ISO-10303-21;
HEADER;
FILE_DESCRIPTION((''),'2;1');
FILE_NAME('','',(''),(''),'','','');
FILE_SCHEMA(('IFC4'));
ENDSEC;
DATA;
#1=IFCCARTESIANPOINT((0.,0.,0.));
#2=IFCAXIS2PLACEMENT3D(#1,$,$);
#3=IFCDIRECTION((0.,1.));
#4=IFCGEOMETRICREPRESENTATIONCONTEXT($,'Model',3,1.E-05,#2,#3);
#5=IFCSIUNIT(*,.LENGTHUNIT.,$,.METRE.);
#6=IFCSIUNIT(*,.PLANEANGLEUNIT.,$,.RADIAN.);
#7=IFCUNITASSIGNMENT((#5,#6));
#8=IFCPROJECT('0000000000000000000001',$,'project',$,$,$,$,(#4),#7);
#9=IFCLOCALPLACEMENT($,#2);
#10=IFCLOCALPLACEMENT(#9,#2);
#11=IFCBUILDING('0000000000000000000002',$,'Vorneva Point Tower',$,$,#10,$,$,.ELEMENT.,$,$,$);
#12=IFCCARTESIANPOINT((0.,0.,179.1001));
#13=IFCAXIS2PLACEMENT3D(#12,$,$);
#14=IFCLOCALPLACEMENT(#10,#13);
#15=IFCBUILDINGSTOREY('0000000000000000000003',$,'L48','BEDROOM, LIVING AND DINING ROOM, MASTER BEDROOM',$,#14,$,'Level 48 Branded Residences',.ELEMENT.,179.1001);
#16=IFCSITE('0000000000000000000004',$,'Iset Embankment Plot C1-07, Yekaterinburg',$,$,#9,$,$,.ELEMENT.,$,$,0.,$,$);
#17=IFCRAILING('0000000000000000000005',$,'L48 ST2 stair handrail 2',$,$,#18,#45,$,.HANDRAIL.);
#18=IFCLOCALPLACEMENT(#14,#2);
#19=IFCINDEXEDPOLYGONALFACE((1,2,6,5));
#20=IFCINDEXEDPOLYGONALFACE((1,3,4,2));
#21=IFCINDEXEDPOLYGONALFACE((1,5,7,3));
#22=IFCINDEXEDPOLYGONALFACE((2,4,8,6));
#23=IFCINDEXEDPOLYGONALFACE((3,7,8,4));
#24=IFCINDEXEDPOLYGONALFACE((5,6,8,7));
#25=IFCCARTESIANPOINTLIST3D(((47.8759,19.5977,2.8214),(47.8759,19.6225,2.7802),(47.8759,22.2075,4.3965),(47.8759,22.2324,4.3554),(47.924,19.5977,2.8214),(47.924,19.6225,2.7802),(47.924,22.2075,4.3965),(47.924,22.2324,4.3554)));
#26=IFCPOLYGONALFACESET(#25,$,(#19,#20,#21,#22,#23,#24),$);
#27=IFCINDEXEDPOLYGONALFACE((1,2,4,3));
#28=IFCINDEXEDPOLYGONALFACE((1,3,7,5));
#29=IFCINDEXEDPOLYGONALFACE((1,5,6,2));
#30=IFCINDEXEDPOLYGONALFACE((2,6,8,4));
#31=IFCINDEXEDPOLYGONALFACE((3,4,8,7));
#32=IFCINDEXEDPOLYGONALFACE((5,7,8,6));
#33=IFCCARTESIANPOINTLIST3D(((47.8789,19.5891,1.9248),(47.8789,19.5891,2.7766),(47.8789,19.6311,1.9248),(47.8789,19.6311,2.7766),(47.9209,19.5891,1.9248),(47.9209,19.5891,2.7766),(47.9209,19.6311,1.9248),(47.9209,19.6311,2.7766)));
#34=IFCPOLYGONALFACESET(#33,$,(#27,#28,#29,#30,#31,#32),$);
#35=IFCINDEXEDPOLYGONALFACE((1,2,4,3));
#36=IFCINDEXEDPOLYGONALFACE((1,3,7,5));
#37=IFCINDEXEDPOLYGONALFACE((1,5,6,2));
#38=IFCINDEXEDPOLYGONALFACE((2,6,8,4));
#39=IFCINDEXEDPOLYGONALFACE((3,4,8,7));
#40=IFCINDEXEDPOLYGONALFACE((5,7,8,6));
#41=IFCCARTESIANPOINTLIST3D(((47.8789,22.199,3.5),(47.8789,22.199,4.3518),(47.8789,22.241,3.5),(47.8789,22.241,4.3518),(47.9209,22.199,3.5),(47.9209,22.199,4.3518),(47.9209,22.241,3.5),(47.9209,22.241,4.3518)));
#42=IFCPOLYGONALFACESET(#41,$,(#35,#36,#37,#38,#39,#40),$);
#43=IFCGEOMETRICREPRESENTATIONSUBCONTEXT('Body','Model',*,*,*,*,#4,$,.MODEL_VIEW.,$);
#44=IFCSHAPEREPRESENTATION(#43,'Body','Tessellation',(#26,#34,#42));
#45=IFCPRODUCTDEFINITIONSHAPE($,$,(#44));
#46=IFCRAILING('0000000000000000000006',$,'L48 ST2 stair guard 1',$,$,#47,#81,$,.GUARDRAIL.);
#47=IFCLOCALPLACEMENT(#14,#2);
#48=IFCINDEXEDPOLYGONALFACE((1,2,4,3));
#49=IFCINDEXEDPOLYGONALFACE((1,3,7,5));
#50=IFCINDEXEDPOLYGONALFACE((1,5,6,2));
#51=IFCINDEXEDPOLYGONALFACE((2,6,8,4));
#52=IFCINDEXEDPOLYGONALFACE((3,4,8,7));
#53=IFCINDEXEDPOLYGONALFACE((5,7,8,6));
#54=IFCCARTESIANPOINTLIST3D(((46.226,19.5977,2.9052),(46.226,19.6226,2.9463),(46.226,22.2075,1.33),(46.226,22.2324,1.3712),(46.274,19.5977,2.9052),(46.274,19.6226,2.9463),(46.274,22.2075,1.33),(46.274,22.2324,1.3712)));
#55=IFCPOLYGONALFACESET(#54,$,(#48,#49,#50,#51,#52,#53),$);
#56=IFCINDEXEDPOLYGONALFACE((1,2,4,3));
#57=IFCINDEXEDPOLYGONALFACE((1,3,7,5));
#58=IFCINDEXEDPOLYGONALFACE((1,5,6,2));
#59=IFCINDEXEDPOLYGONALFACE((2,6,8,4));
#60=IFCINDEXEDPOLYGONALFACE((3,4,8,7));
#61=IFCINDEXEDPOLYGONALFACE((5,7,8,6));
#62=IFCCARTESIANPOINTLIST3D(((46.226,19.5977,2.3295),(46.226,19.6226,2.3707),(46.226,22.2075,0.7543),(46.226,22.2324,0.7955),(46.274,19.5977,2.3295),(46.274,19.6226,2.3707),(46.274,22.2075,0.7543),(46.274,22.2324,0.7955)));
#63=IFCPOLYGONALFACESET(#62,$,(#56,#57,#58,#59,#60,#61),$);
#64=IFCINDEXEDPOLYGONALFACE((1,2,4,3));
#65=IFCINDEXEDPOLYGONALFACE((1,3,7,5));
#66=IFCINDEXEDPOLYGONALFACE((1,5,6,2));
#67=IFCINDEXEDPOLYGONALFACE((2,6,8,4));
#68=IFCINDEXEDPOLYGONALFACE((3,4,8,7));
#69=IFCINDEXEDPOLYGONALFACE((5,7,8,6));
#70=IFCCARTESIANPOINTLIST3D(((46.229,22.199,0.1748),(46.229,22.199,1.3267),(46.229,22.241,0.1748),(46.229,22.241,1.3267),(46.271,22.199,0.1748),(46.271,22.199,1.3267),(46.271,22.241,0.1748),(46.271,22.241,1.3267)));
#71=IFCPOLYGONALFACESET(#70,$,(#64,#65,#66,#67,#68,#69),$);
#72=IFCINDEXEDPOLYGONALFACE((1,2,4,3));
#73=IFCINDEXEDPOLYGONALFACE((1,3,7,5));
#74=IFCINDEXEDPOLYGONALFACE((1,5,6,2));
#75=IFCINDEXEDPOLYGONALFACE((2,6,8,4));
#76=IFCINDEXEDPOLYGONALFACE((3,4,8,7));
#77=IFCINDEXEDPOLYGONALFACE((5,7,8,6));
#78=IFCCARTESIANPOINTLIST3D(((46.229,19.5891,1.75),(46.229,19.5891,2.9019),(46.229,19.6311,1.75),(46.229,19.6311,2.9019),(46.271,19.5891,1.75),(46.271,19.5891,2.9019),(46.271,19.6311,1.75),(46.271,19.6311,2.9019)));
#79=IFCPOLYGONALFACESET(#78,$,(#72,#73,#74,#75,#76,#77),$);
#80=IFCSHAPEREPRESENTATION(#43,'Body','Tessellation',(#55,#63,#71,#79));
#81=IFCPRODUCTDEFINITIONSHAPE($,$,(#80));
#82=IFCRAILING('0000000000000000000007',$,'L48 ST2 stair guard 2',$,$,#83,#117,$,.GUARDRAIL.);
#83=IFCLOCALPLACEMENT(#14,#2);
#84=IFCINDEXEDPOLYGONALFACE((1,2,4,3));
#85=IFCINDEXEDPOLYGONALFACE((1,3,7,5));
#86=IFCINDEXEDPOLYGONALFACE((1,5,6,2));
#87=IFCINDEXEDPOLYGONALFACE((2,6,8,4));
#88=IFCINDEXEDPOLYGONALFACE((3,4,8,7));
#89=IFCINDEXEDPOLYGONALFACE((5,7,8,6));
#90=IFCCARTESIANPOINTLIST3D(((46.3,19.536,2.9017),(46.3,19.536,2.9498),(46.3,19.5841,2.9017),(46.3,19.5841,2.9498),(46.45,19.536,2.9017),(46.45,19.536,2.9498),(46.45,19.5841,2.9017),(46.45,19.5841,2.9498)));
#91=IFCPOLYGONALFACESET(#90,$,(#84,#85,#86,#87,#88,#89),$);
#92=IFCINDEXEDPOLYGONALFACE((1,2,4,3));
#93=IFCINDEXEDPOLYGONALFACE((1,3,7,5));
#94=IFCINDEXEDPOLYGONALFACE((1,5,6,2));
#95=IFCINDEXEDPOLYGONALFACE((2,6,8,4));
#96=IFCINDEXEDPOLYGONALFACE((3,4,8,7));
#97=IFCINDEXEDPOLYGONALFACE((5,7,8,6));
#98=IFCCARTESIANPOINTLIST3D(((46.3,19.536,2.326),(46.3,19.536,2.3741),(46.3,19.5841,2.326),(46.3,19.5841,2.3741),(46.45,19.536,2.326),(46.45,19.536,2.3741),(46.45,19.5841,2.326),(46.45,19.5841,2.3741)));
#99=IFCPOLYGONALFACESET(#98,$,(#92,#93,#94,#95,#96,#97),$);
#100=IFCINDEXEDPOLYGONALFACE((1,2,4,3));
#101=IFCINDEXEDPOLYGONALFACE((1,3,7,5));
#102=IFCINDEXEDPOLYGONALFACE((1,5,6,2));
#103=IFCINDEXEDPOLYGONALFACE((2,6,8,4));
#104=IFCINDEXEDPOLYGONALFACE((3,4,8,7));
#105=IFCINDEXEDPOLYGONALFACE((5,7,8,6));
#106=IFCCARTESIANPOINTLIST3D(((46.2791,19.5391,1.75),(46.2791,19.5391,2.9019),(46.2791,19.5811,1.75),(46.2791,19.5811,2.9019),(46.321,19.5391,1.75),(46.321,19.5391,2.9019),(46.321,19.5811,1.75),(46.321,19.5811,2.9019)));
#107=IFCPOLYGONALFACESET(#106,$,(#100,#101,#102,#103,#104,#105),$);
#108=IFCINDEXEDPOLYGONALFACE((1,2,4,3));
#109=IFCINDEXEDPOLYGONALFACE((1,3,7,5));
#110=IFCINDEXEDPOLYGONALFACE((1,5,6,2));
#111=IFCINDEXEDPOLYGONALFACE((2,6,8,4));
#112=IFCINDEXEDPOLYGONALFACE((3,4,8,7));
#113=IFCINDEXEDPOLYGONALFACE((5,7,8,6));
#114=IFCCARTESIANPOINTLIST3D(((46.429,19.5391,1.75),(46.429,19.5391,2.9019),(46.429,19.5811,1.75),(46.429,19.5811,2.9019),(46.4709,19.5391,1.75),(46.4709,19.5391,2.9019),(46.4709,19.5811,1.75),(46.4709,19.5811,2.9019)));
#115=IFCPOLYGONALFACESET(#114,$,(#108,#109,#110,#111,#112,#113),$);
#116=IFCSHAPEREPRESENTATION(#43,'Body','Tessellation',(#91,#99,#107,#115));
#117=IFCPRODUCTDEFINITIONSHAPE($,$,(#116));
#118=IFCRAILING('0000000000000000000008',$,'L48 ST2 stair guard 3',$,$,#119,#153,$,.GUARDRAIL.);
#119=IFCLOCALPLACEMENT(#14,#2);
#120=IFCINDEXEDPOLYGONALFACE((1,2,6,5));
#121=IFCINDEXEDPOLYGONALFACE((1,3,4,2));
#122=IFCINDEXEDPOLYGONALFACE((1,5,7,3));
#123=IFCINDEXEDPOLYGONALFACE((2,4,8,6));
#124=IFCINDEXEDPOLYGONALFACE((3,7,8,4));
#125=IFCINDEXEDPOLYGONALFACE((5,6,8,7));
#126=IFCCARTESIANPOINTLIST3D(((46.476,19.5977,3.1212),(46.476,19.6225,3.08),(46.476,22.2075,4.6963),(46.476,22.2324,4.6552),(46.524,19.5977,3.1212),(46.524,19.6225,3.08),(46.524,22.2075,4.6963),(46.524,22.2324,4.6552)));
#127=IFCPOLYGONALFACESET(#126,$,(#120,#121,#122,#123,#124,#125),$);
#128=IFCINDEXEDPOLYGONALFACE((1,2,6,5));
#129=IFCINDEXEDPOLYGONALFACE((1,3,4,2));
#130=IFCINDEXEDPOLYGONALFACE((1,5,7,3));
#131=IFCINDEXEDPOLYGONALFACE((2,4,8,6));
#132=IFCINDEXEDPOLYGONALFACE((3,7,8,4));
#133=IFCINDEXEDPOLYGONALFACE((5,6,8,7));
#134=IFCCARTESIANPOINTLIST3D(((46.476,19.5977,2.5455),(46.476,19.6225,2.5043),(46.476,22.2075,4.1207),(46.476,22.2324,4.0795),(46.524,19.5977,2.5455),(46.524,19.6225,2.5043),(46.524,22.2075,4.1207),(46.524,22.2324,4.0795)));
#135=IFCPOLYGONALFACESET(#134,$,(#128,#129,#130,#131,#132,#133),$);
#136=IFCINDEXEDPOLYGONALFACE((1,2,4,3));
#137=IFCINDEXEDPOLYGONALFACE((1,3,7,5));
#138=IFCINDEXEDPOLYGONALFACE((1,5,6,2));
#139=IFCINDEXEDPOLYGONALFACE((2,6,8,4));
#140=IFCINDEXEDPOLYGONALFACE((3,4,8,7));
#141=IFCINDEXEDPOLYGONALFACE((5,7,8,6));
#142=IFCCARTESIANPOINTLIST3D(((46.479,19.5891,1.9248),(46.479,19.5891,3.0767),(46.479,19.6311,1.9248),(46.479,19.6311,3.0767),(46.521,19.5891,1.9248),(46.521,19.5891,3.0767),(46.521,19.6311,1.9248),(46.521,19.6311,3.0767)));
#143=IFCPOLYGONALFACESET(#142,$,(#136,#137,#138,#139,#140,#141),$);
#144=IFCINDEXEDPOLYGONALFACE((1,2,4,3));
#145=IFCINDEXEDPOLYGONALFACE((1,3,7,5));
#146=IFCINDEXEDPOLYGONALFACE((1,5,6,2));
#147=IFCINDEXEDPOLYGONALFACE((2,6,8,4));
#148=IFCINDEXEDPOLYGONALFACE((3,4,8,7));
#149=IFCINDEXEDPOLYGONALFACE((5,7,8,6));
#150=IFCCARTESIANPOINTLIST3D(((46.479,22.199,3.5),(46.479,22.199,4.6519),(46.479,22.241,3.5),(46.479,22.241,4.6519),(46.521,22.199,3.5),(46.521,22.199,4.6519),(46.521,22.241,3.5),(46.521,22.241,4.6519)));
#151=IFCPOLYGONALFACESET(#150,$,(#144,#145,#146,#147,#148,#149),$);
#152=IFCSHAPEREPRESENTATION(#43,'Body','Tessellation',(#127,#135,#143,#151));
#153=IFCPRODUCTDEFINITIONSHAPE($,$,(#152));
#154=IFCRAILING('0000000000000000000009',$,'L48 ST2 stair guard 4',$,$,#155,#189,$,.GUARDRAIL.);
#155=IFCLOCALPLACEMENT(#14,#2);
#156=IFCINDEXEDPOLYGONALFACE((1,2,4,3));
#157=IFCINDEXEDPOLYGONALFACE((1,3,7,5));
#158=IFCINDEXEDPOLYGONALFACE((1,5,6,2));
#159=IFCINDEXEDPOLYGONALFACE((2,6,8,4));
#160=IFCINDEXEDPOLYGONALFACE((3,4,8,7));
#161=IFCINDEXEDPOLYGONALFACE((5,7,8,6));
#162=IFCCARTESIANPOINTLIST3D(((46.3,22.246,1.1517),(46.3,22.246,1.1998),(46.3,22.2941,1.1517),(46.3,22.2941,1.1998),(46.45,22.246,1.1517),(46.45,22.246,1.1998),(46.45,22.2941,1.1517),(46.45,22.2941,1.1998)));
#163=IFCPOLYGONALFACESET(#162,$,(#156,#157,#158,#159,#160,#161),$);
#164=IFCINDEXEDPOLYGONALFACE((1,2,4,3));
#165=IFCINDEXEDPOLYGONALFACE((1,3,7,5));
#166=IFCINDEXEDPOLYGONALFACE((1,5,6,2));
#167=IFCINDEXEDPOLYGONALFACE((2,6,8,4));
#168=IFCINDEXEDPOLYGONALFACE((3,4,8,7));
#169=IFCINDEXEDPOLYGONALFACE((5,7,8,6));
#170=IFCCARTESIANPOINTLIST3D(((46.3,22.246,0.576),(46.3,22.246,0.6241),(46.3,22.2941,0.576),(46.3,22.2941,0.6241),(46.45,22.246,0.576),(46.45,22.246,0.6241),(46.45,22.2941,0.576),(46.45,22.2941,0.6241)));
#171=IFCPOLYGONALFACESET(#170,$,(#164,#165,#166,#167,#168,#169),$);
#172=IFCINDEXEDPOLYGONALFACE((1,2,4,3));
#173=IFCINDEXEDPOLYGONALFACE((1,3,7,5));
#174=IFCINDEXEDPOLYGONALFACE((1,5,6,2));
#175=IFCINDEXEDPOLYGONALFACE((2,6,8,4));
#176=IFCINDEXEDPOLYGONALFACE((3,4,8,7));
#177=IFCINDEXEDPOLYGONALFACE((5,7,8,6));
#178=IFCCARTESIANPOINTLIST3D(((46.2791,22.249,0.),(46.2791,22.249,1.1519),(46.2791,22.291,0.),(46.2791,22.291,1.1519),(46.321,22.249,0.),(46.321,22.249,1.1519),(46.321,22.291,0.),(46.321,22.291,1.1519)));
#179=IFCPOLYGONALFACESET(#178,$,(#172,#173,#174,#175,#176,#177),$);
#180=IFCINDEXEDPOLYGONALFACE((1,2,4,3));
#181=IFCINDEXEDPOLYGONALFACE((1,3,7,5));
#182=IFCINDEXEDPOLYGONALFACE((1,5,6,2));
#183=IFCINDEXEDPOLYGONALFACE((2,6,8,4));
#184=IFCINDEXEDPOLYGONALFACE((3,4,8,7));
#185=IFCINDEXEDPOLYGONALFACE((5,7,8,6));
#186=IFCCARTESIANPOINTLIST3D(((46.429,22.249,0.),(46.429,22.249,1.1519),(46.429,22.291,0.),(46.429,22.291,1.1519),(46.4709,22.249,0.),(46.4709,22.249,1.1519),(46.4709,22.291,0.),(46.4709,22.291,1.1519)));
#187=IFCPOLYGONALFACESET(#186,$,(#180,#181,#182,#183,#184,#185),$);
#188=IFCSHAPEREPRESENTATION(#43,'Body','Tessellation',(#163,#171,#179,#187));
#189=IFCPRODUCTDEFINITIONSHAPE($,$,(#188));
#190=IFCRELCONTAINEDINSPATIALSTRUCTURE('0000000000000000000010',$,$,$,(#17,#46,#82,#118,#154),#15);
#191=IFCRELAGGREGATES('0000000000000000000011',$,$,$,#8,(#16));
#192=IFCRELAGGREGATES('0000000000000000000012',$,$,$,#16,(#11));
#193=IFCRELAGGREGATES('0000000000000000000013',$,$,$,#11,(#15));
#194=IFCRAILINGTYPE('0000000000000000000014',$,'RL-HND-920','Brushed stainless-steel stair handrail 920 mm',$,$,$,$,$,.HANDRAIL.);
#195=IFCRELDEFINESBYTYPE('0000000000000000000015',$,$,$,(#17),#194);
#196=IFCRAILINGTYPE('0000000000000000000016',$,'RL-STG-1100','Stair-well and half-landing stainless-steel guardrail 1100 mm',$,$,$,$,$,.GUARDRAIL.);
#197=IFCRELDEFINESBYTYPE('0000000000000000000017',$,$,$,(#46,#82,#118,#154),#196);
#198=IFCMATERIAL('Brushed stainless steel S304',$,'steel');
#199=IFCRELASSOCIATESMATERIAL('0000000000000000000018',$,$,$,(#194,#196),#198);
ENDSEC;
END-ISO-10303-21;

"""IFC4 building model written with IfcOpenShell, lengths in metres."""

from ifc_helpers import new_model, si_unit, direction, frame, origin, origin_2d, place, context, subcontext, project, spatial, rectangle, extrude, material, type_object, element, save


model = new_model("IFC4")

# Units and contexts
model_context = context("Model", 3, precision=1e-05, world=origin(), true_north=direction((0.0, 1.0)))
body_context = subcontext(model_context, "Body", "Model", "MODEL_VIEW")
ifc_project = project(units=[si_unit("LENGTHUNIT", "METRE"), si_unit("PLANEANGLEUNIT", "RADIAN")], contexts=[model_context])

# Site, building, storey
site_placement = place(None, origin())
site = spatial("IfcSite", under=ifc_project, at=site_placement, Name="Iset Embankment Plot C1-07, Yekaterinburg", CompositionType="ELEMENT", RefElevation=0.0)
building_placement = place(site_placement, origin())
building = spatial("IfcBuilding", under=site, at=building_placement, Name="Vorneva Point Tower", CompositionType="ELEMENT")
storey_placement = place(building_placement, frame((0.0, 0.0, 179.1001)))
storey = spatial("IfcBuildingStorey", under=building, at=storey_placement, Name="L48", Description="BEDROOM, LIVING AND DINING ROOM, MASTER BEDROOM", LongName="Level 48 Branded Residences", CompositionType="ELEMENT", Elevation=179.1001)

# Railings
ifc_material_1 = material(Name="Brushed stainless steel S304", Category="steel")
railing_type_1 = type_object("IfcRailingType", Name="RL-HND-920", Description="Brushed stainless-steel stair handrail 920 mm", PredefinedType="HANDRAIL", material=ifc_material_1)
railing_1_placement = place(storey_placement, frame((47.8999, 19.6101, 1.9248)))
element("IfcRailing", 1, at=railing_1_placement, inside=storey, type_object=railing_type_1, Name="L48 ST2 stair handrail 2", PredefinedType="HANDRAIL", context=body_context, shape_type="SweptSolid", body=[
    extrude(rectangle(XDim=0.0481, YDim=0.0481, at=origin_2d()), frame((0.0, 0.0, 0.876), z_axis=(0.0, 0.856147, 0.516732), x_axis=(-1.0, 0.0, 0.0)), (0.0, 0.0, 1.0), 3.0483),
    extrude(rectangle(XDim=0.042, YDim=0.042, at=origin_2d()), origin(), (0.0, 0.0, 1.0), 0.8518),
    extrude(rectangle(XDim=0.042, YDim=0.042, at=origin_2d()), frame((0.0, 2.6099, 1.5752)), (0.0, 0.0, 1.0), 0.8518),
])
railing_type_2 = type_object("IfcRailingType", Name="RL-STG-1100", Description="Stair-well and half-landing stainless-steel guardrail 1100 mm", PredefinedType="GUARDRAIL", material=ifc_material_1)
railing_2_placement = place(storey_placement, frame((46.25, 22.22, 0.1748)))
element("IfcRailing", 2, at=railing_2_placement, inside=storey, type_object=railing_type_2, Name="L48 ST2 stair guard 1", PredefinedType="GUARDRAIL", context=body_context, shape_type="SweptSolid", body=[
    extrude(rectangle(XDim=0.0481, YDim=0.0481, at=origin_2d()), frame((0.0, 0.0, 1.1758), z_axis=(0.0, -0.856147, 0.516732), x_axis=(1.0, 0.0, 0.0)), (0.0, 0.0, 1.0), 3.0483),
    extrude(rectangle(XDim=0.0481, YDim=0.0481, at=origin_2d()), frame((0.0, 0.0, 0.6001), z_axis=(0.0, -0.856147, 0.516732), x_axis=(1.0, 0.0, 0.0)), (0.0, 0.0, 1.0), 3.0483),
    extrude(rectangle(XDim=0.042, YDim=0.042, at=origin_2d()), origin(), (0.0, 0.0, 1.0), 1.1519),
    extrude(rectangle(XDim=0.042, YDim=0.042, at=origin_2d()), frame((0.0, -2.6099, 1.5752)), (0.0, 0.0, 1.0), 1.1519),
])
railing_3_placement = place(storey_placement, frame((46.3, 19.5601, 1.75)))
element("IfcRailing", 3, at=railing_3_placement, inside=storey, type_object=railing_type_2, Name="L48 ST2 stair guard 2", PredefinedType="GUARDRAIL", context=body_context, shape_type="SweptSolid", body=[
    extrude(rectangle(XDim=0.0481, YDim=0.0481, at=origin_2d()), frame((0.0, 0.0, 1.1758), z_axis=(1.0, 0.0, 0.0), x_axis=(0.0, 1.0, 0.0)), (0.0, 0.0, 1.0), 0.1499),
    extrude(rectangle(XDim=0.0481, YDim=0.0481, at=origin_2d()), frame((0.0, 0.0, 0.6001), z_axis=(1.0, 0.0, 0.0), x_axis=(0.0, 1.0, 0.0)), (0.0, 0.0, 1.0), 0.1499),
    extrude(rectangle(XDim=0.042, YDim=0.042, at=origin_2d()), origin(), (0.0, 0.0, 1.0), 1.1519),
    extrude(rectangle(XDim=0.042, YDim=0.042, at=origin_2d()), frame((0.1499, 0.0, 0.0)), (0.0, 0.0, 1.0), 1.1519),
])
railing_4_placement = place(storey_placement, frame((46.5, 19.6101, 1.9248)))
element("IfcRailing", 4, at=railing_4_placement, inside=storey, type_object=railing_type_2, Name="L48 ST2 stair guard 3", PredefinedType="GUARDRAIL", context=body_context, shape_type="SweptSolid", body=[
    extrude(rectangle(XDim=0.0481, YDim=0.0481, at=origin_2d()), frame((0.0, 0.0, 1.1758), z_axis=(0.0, 0.856147, 0.516732), x_axis=(-1.0, 0.0, 0.0)), (0.0, 0.0, 1.0), 3.0483),
    extrude(rectangle(XDim=0.0481, YDim=0.0481, at=origin_2d()), frame((0.0, 0.0, 0.6001), z_axis=(0.0, 0.856147, 0.516732), x_axis=(-1.0, 0.0, 0.0)), (0.0, 0.0, 1.0), 3.0483),
    extrude(rectangle(XDim=0.042, YDim=0.042, at=origin_2d()), origin(), (0.0, 0.0, 1.0), 1.1519),
    extrude(rectangle(XDim=0.042, YDim=0.042, at=origin_2d()), frame((0.0, 2.6099, 1.5752)), (0.0, 0.0, 1.0), 1.1519),
])
railing_5_placement = place(storey_placement, frame((46.3, 22.27, 0.0)))
element("IfcRailing", 5, at=railing_5_placement, inside=storey, type_object=railing_type_2, Name="L48 ST2 stair guard 4", PredefinedType="GUARDRAIL", context=body_context, shape_type="SweptSolid", body=[
    extrude(rectangle(XDim=0.0481, YDim=0.0481, at=origin_2d()), frame((0.0, 0.0, 1.1758), z_axis=(1.0, 0.0, 0.0), x_axis=(0.0, 1.0, 0.0)), (0.0, 0.0, 1.0), 0.1499),
    extrude(rectangle(XDim=0.0481, YDim=0.0481, at=origin_2d()), frame((0.0, 0.0, 0.6001), z_axis=(1.0, 0.0, 0.0), x_axis=(0.0, 1.0, 0.0)), (0.0, 0.0, 1.0), 0.1499),
    extrude(rectangle(XDim=0.042, YDim=0.042, at=origin_2d()), origin(), (0.0, 0.0, 1.0), 1.1519),
    extrude(rectangle(XDim=0.042, YDim=0.042, at=origin_2d()), frame((0.1499, 0.0, 0.0)), (0.0, 0.0, 1.0), 1.1519),
])

save(model, "model.ifc")
